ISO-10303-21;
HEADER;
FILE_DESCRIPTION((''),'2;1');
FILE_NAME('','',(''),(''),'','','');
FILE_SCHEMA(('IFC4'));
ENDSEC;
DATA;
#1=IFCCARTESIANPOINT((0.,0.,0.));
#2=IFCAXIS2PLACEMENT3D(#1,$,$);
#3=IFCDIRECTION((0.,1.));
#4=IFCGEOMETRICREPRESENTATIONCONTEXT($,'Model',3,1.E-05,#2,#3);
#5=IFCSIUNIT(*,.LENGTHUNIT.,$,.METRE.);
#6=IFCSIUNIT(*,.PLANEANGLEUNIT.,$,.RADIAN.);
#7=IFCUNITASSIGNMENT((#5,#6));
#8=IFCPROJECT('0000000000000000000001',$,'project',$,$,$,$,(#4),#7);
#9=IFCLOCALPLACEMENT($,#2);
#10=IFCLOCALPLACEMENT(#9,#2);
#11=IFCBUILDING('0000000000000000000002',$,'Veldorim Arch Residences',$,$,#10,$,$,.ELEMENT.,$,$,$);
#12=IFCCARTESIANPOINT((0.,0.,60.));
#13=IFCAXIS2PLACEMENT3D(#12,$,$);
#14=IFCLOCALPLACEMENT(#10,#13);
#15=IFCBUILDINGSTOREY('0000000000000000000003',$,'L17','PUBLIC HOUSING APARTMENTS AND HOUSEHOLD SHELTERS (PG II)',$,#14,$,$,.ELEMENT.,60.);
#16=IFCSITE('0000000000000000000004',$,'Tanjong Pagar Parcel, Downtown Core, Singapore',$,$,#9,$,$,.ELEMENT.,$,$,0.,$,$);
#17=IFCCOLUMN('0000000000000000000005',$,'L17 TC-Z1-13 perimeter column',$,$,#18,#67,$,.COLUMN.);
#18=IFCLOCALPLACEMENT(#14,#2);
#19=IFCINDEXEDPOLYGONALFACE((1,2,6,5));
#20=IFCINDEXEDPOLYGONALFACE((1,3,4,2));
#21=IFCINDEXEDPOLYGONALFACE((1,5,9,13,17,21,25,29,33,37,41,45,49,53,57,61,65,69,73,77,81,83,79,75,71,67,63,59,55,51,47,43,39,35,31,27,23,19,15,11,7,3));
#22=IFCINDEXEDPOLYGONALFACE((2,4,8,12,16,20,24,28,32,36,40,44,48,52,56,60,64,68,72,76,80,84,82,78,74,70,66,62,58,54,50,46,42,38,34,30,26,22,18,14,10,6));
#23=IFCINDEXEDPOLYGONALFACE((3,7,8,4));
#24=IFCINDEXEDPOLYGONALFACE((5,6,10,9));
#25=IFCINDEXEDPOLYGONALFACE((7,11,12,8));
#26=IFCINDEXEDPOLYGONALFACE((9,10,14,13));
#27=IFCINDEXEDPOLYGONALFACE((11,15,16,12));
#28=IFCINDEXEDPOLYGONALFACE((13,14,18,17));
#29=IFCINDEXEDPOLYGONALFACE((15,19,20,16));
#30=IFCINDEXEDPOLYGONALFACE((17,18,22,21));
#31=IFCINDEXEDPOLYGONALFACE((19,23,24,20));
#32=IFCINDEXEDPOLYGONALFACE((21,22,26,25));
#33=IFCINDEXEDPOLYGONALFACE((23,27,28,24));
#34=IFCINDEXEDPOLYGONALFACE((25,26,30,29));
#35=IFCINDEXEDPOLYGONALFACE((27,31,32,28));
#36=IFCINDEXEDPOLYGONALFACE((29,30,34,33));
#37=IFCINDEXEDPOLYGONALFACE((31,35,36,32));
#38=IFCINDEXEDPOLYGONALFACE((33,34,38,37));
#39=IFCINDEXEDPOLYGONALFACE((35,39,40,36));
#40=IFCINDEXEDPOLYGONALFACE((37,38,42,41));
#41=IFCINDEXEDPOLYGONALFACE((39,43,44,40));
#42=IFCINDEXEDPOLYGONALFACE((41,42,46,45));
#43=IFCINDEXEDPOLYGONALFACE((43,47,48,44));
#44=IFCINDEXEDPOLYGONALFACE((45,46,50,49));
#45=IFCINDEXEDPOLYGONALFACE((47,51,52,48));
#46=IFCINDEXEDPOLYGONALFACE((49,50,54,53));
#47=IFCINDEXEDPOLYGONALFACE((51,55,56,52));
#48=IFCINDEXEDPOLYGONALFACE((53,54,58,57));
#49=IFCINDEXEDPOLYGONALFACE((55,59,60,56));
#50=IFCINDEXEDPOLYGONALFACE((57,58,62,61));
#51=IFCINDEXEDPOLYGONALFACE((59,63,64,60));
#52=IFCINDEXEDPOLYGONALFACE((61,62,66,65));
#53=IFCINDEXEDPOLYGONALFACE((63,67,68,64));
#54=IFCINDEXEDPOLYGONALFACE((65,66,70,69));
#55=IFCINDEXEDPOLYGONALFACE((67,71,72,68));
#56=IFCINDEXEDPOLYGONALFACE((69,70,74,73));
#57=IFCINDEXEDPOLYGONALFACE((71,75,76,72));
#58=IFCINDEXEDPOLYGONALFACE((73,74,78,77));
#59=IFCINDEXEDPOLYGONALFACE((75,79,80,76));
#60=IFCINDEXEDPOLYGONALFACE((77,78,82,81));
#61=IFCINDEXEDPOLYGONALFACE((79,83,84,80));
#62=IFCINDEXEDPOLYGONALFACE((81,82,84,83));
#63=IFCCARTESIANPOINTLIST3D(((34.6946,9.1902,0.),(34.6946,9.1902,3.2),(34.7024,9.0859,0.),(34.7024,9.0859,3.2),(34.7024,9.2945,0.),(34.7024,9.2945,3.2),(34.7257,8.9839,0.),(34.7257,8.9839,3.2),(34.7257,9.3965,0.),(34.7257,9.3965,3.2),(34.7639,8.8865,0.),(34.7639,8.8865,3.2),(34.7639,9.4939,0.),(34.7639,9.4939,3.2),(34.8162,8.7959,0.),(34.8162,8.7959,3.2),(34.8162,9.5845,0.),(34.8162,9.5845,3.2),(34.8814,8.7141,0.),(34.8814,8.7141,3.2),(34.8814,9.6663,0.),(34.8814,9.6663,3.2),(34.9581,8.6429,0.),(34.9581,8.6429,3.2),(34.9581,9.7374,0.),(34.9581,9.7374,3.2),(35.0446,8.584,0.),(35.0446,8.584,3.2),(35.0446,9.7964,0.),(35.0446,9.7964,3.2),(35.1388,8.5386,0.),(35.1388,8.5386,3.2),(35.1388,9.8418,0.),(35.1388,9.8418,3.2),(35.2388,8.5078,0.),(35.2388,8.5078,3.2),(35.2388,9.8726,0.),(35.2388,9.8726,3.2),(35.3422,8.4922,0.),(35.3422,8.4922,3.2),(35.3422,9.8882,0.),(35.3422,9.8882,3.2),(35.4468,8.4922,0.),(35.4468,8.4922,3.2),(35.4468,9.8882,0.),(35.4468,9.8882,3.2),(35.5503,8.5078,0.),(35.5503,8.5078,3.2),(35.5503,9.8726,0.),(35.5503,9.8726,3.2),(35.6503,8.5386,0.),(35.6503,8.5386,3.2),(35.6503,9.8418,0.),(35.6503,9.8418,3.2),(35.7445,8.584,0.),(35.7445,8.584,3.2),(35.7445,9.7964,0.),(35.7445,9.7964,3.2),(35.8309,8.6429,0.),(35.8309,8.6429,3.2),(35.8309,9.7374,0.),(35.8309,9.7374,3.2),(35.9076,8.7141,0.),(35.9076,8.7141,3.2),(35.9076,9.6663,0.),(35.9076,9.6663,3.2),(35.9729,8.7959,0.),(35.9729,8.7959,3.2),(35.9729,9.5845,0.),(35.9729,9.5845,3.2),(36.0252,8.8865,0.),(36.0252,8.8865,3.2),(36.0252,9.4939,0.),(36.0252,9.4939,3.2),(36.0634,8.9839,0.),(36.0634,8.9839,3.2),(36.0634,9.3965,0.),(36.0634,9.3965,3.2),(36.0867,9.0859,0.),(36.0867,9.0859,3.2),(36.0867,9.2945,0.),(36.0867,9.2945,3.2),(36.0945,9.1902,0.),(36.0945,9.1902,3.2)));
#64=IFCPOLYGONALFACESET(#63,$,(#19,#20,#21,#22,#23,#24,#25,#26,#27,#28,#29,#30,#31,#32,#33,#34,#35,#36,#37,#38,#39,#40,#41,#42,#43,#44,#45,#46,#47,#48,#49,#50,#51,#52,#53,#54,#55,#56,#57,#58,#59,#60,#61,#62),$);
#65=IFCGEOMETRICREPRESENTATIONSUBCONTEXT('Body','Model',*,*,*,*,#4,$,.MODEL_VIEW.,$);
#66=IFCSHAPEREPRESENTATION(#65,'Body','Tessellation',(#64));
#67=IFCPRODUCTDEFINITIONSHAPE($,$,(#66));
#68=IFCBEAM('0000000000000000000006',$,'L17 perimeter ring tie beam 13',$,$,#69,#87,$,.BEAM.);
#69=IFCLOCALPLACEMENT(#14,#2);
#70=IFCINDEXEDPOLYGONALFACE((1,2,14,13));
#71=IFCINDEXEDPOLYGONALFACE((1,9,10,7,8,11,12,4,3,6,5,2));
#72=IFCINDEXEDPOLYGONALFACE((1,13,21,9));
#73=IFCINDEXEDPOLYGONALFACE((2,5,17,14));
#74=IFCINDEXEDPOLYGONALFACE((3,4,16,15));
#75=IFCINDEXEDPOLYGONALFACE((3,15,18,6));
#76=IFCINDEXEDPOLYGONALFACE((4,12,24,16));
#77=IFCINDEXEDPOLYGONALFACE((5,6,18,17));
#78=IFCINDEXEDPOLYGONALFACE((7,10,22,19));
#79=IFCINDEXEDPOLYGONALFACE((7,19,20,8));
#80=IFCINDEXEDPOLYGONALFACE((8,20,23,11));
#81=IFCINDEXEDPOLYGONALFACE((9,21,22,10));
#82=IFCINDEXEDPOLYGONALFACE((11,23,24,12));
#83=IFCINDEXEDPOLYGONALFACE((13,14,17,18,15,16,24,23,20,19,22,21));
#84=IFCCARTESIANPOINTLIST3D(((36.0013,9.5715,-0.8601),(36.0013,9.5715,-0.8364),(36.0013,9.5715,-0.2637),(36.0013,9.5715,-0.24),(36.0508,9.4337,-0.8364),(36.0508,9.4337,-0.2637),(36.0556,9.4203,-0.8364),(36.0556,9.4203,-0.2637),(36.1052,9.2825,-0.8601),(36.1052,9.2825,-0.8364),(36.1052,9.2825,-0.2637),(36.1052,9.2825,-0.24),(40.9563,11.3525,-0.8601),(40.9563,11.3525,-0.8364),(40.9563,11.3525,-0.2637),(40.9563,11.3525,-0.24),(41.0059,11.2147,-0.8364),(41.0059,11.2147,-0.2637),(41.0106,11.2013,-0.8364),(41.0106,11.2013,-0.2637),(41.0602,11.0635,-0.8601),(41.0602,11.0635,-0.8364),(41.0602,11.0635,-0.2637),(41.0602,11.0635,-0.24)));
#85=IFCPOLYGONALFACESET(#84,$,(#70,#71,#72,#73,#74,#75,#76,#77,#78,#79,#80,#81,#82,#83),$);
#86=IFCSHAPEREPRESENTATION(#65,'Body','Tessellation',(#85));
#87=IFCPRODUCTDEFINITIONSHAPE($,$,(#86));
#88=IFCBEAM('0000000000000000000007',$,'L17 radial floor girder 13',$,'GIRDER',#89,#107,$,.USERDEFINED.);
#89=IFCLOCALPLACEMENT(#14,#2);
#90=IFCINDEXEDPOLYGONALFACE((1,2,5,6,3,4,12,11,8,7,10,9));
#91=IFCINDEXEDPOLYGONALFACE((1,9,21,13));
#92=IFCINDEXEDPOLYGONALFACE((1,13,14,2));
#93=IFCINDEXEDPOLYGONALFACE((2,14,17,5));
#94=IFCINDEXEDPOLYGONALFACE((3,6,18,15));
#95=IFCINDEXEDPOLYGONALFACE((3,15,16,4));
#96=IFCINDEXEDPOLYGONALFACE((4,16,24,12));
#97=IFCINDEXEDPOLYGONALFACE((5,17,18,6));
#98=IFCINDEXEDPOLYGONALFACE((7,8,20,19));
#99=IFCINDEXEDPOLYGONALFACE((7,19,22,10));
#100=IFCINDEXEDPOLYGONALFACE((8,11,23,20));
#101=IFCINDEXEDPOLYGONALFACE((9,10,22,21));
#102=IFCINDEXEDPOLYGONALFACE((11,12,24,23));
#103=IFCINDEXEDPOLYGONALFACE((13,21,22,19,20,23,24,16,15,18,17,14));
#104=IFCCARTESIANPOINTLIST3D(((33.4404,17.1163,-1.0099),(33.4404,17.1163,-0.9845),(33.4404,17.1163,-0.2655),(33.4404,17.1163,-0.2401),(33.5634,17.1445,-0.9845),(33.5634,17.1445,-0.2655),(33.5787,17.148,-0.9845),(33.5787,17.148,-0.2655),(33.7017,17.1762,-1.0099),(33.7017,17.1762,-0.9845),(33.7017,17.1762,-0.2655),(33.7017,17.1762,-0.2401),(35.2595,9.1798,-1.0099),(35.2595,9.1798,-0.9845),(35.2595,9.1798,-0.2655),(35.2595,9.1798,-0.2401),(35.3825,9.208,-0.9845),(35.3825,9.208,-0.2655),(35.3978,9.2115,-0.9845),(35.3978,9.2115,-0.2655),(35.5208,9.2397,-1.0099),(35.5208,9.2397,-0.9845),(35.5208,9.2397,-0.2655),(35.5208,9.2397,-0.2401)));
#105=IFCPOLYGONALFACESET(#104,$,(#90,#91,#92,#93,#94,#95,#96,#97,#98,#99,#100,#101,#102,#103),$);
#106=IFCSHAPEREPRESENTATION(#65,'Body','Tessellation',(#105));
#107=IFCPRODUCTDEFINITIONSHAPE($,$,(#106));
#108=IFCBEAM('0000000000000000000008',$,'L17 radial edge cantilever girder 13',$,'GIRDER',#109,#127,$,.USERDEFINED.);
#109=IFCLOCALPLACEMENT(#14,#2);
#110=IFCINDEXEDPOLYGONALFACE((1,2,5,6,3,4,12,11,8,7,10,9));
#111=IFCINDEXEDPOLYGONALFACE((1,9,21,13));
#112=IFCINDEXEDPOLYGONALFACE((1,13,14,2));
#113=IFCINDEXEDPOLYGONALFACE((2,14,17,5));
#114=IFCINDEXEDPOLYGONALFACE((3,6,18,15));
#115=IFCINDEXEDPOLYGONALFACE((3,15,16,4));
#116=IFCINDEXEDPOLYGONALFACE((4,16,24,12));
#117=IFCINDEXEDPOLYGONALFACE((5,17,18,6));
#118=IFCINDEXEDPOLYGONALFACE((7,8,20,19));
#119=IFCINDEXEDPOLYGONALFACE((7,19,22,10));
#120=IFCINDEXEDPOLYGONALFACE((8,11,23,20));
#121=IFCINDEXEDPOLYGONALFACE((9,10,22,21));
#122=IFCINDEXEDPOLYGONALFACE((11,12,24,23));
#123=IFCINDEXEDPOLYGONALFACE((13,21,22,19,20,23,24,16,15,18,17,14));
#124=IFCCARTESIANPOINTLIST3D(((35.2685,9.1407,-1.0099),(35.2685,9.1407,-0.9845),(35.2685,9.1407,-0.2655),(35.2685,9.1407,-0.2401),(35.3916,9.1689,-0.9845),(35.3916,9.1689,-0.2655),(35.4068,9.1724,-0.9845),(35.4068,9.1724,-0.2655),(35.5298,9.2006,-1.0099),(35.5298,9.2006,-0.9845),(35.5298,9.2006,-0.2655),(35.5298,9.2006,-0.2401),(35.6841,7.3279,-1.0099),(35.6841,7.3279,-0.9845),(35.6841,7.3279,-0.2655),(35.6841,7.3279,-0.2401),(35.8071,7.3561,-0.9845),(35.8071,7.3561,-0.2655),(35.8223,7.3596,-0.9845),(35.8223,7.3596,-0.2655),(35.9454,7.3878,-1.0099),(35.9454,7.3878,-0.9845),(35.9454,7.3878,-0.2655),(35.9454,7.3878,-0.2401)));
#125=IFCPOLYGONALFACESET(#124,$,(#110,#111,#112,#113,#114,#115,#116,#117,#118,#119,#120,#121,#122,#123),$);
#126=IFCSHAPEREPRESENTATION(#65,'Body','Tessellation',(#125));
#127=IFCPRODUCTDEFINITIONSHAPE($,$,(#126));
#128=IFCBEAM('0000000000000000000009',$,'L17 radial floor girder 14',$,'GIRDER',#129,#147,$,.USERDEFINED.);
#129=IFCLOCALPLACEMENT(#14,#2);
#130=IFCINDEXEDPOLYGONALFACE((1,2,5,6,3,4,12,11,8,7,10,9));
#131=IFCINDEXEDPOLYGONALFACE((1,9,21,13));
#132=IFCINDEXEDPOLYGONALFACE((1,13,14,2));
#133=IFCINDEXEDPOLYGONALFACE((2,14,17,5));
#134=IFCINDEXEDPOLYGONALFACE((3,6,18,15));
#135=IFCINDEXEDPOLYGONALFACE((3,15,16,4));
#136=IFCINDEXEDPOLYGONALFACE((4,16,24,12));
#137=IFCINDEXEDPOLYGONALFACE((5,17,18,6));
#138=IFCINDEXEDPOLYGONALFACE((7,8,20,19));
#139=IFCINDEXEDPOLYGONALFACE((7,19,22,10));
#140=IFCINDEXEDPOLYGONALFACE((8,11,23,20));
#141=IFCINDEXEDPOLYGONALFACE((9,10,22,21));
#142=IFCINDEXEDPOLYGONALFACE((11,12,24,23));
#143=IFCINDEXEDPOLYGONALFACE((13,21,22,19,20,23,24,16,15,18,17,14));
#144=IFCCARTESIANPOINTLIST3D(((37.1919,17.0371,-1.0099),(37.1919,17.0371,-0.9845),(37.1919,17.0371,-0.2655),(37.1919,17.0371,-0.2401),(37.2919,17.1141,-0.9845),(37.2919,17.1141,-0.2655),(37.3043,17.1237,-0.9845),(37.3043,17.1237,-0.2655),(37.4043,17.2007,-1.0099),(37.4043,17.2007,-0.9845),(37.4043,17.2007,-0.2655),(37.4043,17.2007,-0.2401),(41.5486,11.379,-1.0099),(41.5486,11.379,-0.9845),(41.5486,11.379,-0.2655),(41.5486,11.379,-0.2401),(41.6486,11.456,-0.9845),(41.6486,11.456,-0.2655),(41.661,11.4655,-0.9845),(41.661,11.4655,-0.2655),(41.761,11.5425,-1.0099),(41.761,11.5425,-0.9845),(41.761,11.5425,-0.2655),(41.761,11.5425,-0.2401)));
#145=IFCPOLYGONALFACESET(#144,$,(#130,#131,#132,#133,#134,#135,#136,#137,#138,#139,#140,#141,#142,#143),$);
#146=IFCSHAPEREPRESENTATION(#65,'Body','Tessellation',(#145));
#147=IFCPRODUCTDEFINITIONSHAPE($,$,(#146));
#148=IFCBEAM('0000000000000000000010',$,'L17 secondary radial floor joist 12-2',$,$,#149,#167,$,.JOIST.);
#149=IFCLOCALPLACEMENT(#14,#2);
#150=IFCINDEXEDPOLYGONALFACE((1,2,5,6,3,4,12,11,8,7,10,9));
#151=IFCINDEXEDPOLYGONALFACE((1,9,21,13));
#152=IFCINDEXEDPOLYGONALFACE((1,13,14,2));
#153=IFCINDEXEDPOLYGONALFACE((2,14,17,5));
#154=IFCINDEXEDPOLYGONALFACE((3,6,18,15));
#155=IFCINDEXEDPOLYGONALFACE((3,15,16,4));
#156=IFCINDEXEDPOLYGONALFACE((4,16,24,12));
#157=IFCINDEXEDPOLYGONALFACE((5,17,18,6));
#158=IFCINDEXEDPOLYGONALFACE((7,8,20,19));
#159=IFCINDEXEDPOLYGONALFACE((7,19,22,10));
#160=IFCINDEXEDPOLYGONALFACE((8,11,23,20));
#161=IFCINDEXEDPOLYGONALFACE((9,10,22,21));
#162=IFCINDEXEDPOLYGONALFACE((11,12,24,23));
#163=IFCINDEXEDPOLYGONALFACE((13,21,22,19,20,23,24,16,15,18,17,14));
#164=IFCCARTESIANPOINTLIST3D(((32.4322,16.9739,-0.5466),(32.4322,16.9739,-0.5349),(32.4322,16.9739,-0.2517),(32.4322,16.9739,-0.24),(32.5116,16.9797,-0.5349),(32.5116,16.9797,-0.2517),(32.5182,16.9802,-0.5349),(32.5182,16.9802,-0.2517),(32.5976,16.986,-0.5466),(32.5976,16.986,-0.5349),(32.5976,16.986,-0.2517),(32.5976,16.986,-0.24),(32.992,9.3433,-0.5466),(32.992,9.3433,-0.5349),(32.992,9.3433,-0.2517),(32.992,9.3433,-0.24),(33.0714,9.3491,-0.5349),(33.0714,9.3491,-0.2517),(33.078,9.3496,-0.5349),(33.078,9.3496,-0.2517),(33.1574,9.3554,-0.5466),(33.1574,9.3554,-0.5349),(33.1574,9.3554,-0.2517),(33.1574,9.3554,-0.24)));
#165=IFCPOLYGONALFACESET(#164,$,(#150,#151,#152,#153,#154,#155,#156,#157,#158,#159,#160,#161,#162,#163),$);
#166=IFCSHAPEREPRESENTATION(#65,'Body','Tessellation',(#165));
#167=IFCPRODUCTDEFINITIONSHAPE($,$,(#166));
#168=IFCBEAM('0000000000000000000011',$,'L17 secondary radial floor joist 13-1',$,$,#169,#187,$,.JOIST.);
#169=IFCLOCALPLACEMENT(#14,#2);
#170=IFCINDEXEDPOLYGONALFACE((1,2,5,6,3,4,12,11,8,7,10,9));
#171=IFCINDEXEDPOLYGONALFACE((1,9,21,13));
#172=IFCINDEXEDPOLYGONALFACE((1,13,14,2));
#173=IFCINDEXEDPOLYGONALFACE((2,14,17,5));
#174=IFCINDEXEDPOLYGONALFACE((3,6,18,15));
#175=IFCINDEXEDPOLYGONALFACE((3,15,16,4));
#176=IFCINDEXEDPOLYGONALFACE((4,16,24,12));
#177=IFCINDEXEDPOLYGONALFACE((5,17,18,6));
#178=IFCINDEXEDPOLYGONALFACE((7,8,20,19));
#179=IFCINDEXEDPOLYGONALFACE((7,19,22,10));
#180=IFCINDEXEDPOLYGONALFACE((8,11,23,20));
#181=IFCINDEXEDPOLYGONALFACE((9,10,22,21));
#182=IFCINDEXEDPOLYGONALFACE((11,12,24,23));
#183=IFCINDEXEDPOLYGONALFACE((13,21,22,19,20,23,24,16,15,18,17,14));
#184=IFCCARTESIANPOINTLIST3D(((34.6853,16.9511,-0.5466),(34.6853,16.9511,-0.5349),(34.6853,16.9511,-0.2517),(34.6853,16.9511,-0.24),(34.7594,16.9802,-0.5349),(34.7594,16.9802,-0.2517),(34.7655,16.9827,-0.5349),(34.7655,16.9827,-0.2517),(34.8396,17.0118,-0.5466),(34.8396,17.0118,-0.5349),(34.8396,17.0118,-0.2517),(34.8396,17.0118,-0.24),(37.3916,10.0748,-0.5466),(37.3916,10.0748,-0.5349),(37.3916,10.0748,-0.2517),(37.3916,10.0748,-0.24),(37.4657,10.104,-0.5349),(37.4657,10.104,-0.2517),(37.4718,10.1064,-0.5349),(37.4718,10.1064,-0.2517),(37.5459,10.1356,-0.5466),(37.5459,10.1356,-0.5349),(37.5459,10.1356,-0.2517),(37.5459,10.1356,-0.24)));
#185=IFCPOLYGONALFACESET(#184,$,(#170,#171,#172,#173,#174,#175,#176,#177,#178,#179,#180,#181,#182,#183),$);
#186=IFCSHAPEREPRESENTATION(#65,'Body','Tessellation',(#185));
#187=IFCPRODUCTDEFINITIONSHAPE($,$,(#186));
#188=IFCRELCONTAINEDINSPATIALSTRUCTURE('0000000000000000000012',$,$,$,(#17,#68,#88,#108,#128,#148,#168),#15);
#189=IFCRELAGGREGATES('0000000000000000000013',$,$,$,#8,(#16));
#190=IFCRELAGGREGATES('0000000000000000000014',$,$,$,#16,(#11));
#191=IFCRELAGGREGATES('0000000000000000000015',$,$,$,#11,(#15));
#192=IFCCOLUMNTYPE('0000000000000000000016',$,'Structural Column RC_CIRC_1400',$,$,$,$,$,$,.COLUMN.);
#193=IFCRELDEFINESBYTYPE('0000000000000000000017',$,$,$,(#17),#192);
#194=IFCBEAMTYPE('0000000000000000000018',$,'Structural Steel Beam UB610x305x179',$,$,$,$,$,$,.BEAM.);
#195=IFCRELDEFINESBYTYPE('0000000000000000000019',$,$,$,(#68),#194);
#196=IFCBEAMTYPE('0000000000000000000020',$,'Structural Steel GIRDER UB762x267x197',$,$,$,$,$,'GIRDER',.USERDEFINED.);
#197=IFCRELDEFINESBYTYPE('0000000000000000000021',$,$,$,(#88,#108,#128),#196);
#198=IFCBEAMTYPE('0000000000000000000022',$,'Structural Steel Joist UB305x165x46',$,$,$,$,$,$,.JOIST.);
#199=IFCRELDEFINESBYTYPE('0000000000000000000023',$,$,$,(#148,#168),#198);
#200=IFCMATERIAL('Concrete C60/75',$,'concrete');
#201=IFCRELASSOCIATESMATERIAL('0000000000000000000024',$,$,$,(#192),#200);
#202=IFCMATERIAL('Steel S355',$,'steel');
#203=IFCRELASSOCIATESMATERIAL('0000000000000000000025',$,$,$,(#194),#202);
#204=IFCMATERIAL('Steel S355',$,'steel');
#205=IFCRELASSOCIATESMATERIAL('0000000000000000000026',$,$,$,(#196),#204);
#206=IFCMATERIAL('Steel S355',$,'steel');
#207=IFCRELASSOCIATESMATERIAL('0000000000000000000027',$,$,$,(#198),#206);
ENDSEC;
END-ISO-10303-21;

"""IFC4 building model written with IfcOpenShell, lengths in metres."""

from ifc_helpers import new_model, si_unit, direction, frame, origin, origin_2d, place, context, subcontext, project, spatial, circle, i_section, extrude, material, material_profile, profile_set, type_object, element, save


model = new_model("IFC4")

# Units and contexts
model_context = context("Model", 3, precision=1e-05, world=origin(), true_north=direction((0.0, 1.0)))
body_context = subcontext(model_context, "Body", "Model", "MODEL_VIEW")
ifc_project = project(units=[si_unit("LENGTHUNIT", "METRE"), si_unit("PLANEANGLEUNIT", "RADIAN")], contexts=[model_context])

# Site, building, storey
site_placement = place(None, origin())
site = spatial("IfcSite", under=ifc_project, at=site_placement, Name="Tanjong Pagar Parcel, Downtown Core, Singapore", CompositionType="ELEMENT", RefElevation=0.0)
building_placement = place(site_placement, origin())
building = spatial("IfcBuilding", under=site, at=building_placement, Name="Veldorim Arch Residences", CompositionType="ELEMENT")
storey_placement = place(building_placement, frame((0.0, 0.0, 60.0)))
storey = spatial("IfcBuildingStorey", under=building, at=storey_placement, Name="L17", Description="PUBLIC HOUSING APARTMENTS AND HOUSEHOLD SHELTERS (PG II)", CompositionType="ELEMENT", Elevation=60.0)

# Column
ifc_material_1 = material(Name="Concrete C60/75", Category="concrete")
ifc_material_profile_1 = material_profile(ifc_material_1, circle(Radius=0.7, at=origin_2d()), Name="RC_CIRC_1400")
ifc_profile_set_1 = profile_set([ifc_material_profile_1], Name="Concrete C60/75")
column_type = type_object("IfcColumnType", Name="Structural Column RC_CIRC_1400", PredefinedType="COLUMN", material=ifc_profile_set_1)
column_placement = place(storey_placement, frame((35.3945, 9.1902, 0.0), z_axis=(0.0, 0.0, 1.0), x_axis=(1.0, 0.0, 0.0)))
element("IfcColumn", 1, at=column_placement, inside=storey, type_object=column_type, Name="L17 TC-Z1-13 perimeter column", PredefinedType="COLUMN", context=body_context, shape_type="SweptSolid", body=[
    extrude(circle(Radius=0.7, at=origin_2d()), origin(), (0.0, 0.0, 1.0), 3.2),
])

# Beams
ifc_material_2 = material(Name="Steel S355", Category="steel")
ifc_material_profile_2 = material_profile(ifc_material_2, i_section(OverallWidth=0.3071, OverallDepth=0.6201, WebThickness=0.0142, FlangeThickness=0.0237, at=origin_2d()), Name="UB610x305x179")
ifc_profile_set_2 = profile_set([ifc_material_profile_2], Name="Steel S355")
beam_type_1 = type_object("IfcBeamType", Name="Structural Steel Beam UB610x305x179", PredefinedType="BEAM", material=ifc_profile_set_2)
beam_1_placement = place(storey_placement, frame((36.0532, 9.427, -0.55), z_axis=(0.941058, 0.338245, 0.0), x_axis=(-0.338245, 0.941058, 0.0)))
element("IfcBeam", 2, at=beam_1_placement, inside=storey, type_object=beam_type_1, Name="L17 perimeter ring tie beam 13", PredefinedType="BEAM", context=body_context, shape_type="SweptSolid", body=[
    extrude(i_section(OverallWidth=0.3071, OverallDepth=0.6201, WebThickness=0.0142, FlangeThickness=0.0237, at=origin_2d()), origin(), (0.0, 0.0, 1.0), 5.2654),
])
ifc_material_3 = material(Name="Steel S355", Category="steel")
ifc_material_profile_3 = material_profile(ifc_material_3, i_section(OverallWidth=0.2681, OverallDepth=0.7698, WebThickness=0.0156, FlangeThickness=0.0254, at=origin_2d()), Name="UB762x267x197")
ifc_profile_set_3 = profile_set([ifc_material_profile_3], Name="Steel S355")
beam_type_2 = type_object("IfcBeamType", Name="Structural Steel GIRDER UB762x267x197", ElementType="GIRDER", PredefinedType="USERDEFINED", material=ifc_profile_set_3)
beam_2_placement = place(storey_placement, frame((33.571, 17.1462, -0.625), z_axis=(0.223412, -0.974724, 0.0), x_axis=(0.974724, 0.223412, 0.0)))
element("IfcBeam", 3, at=beam_2_placement, inside=storey, type_object=beam_type_2, Name="L17 radial floor girder 13", ObjectType="GIRDER", PredefinedType="USERDEFINED", context=body_context, shape_type="SweptSolid", body=[
    extrude(i_section(OverallWidth=0.2681, OverallDepth=0.7698, WebThickness=0.0156, FlangeThickness=0.0254, at=origin_2d()), origin(), (0.0, 0.0, 1.0), 8.1423),
])
beam_3_placement = place(storey_placement, frame((35.3992, 9.1707, -0.625), z_axis=(0.223431, -0.97472, 0.0), x_axis=(0.97472, 0.223431, 0.0)))
element("IfcBeam", 4, at=beam_3_placement, inside=storey, type_object=beam_type_2, Name="L17 radial edge cantilever girder 13", ObjectType="GIRDER", PredefinedType="USERDEFINED", context=body_context, shape_type="SweptSolid", body=[
    extrude(i_section(OverallWidth=0.2681, OverallDepth=0.7698, WebThickness=0.0156, FlangeThickness=0.0254, at=origin_2d()), origin(), (0.0, 0.0, 1.0), 1.8599),
])
beam_4_placement = place(storey_placement, frame((37.2981, 17.1189, -0.625), z_axis=(0.610082, -0.792338, 0.0), x_axis=(0.792338, 0.610082, 0.0)))
element("IfcBeam", 5, at=beam_4_placement, inside=storey, type_object=beam_type_2, Name="L17 radial floor girder 14", ObjectType="GIRDER", PredefinedType="USERDEFINED", context=body_context, shape_type="SweptSolid", body=[
    extrude(i_section(OverallWidth=0.2681, OverallDepth=0.7698, WebThickness=0.0156, FlangeThickness=0.0254, at=origin_2d()), origin(), (0.0, 0.0, 1.0), 7.1411),
])
ifc_material_4 = material(Name="Steel S355", Category="steel")
ifc_material_profile_4 = material_profile(ifc_material_4, i_section(OverallWidth=0.1658, OverallDepth=0.3066, WebThickness=0.0066, FlangeThickness=0.0117, at=origin_2d()), Name="UB305x165x46")
ifc_profile_set_4 = profile_set([ifc_material_profile_4], Name="Steel S355")
beam_type_3 = type_object("IfcBeamType", Name="Structural Steel Joist UB305x165x46", PredefinedType="JOIST", material=ifc_profile_set_4)
beam_5_placement = place(storey_placement, frame((32.5149, 16.98, -0.3933), z_axis=(0.073168, -0.99732, 0.0), x_axis=(0.99732, 0.073168, 0.0)))
element("IfcBeam", 6, at=beam_5_placement, inside=storey, type_object=beam_type_3, Name="L17 secondary radial floor joist 12-2", PredefinedType="JOIST", context=body_context, shape_type="SweptSolid", body=[
    extrude(i_section(OverallWidth=0.1658, OverallDepth=0.3066, WebThickness=0.0066, FlangeThickness=0.0117, at=origin_2d()), origin(), (0.0, 0.0, 1.0), 7.6511),
])
beam_6_placement = place(storey_placement, frame((34.7625, 16.9814, -0.3933), z_axis=(0.36623, -0.930524, 0.0), x_axis=(0.930524, 0.36623, 0.0)))
element("IfcBeam", 7, at=beam_6_placement, inside=storey, type_object=beam_type_3, Name="L17 secondary radial floor joist 13-1", PredefinedType="JOIST", context=body_context, shape_type="SweptSolid", body=[
    extrude(i_section(OverallWidth=0.1658, OverallDepth=0.3066, WebThickness=0.0066, FlangeThickness=0.0117, at=origin_2d()), origin(), (0.0, 0.0, 1.0), 7.3896),
])

save(model, "model.ifc")
